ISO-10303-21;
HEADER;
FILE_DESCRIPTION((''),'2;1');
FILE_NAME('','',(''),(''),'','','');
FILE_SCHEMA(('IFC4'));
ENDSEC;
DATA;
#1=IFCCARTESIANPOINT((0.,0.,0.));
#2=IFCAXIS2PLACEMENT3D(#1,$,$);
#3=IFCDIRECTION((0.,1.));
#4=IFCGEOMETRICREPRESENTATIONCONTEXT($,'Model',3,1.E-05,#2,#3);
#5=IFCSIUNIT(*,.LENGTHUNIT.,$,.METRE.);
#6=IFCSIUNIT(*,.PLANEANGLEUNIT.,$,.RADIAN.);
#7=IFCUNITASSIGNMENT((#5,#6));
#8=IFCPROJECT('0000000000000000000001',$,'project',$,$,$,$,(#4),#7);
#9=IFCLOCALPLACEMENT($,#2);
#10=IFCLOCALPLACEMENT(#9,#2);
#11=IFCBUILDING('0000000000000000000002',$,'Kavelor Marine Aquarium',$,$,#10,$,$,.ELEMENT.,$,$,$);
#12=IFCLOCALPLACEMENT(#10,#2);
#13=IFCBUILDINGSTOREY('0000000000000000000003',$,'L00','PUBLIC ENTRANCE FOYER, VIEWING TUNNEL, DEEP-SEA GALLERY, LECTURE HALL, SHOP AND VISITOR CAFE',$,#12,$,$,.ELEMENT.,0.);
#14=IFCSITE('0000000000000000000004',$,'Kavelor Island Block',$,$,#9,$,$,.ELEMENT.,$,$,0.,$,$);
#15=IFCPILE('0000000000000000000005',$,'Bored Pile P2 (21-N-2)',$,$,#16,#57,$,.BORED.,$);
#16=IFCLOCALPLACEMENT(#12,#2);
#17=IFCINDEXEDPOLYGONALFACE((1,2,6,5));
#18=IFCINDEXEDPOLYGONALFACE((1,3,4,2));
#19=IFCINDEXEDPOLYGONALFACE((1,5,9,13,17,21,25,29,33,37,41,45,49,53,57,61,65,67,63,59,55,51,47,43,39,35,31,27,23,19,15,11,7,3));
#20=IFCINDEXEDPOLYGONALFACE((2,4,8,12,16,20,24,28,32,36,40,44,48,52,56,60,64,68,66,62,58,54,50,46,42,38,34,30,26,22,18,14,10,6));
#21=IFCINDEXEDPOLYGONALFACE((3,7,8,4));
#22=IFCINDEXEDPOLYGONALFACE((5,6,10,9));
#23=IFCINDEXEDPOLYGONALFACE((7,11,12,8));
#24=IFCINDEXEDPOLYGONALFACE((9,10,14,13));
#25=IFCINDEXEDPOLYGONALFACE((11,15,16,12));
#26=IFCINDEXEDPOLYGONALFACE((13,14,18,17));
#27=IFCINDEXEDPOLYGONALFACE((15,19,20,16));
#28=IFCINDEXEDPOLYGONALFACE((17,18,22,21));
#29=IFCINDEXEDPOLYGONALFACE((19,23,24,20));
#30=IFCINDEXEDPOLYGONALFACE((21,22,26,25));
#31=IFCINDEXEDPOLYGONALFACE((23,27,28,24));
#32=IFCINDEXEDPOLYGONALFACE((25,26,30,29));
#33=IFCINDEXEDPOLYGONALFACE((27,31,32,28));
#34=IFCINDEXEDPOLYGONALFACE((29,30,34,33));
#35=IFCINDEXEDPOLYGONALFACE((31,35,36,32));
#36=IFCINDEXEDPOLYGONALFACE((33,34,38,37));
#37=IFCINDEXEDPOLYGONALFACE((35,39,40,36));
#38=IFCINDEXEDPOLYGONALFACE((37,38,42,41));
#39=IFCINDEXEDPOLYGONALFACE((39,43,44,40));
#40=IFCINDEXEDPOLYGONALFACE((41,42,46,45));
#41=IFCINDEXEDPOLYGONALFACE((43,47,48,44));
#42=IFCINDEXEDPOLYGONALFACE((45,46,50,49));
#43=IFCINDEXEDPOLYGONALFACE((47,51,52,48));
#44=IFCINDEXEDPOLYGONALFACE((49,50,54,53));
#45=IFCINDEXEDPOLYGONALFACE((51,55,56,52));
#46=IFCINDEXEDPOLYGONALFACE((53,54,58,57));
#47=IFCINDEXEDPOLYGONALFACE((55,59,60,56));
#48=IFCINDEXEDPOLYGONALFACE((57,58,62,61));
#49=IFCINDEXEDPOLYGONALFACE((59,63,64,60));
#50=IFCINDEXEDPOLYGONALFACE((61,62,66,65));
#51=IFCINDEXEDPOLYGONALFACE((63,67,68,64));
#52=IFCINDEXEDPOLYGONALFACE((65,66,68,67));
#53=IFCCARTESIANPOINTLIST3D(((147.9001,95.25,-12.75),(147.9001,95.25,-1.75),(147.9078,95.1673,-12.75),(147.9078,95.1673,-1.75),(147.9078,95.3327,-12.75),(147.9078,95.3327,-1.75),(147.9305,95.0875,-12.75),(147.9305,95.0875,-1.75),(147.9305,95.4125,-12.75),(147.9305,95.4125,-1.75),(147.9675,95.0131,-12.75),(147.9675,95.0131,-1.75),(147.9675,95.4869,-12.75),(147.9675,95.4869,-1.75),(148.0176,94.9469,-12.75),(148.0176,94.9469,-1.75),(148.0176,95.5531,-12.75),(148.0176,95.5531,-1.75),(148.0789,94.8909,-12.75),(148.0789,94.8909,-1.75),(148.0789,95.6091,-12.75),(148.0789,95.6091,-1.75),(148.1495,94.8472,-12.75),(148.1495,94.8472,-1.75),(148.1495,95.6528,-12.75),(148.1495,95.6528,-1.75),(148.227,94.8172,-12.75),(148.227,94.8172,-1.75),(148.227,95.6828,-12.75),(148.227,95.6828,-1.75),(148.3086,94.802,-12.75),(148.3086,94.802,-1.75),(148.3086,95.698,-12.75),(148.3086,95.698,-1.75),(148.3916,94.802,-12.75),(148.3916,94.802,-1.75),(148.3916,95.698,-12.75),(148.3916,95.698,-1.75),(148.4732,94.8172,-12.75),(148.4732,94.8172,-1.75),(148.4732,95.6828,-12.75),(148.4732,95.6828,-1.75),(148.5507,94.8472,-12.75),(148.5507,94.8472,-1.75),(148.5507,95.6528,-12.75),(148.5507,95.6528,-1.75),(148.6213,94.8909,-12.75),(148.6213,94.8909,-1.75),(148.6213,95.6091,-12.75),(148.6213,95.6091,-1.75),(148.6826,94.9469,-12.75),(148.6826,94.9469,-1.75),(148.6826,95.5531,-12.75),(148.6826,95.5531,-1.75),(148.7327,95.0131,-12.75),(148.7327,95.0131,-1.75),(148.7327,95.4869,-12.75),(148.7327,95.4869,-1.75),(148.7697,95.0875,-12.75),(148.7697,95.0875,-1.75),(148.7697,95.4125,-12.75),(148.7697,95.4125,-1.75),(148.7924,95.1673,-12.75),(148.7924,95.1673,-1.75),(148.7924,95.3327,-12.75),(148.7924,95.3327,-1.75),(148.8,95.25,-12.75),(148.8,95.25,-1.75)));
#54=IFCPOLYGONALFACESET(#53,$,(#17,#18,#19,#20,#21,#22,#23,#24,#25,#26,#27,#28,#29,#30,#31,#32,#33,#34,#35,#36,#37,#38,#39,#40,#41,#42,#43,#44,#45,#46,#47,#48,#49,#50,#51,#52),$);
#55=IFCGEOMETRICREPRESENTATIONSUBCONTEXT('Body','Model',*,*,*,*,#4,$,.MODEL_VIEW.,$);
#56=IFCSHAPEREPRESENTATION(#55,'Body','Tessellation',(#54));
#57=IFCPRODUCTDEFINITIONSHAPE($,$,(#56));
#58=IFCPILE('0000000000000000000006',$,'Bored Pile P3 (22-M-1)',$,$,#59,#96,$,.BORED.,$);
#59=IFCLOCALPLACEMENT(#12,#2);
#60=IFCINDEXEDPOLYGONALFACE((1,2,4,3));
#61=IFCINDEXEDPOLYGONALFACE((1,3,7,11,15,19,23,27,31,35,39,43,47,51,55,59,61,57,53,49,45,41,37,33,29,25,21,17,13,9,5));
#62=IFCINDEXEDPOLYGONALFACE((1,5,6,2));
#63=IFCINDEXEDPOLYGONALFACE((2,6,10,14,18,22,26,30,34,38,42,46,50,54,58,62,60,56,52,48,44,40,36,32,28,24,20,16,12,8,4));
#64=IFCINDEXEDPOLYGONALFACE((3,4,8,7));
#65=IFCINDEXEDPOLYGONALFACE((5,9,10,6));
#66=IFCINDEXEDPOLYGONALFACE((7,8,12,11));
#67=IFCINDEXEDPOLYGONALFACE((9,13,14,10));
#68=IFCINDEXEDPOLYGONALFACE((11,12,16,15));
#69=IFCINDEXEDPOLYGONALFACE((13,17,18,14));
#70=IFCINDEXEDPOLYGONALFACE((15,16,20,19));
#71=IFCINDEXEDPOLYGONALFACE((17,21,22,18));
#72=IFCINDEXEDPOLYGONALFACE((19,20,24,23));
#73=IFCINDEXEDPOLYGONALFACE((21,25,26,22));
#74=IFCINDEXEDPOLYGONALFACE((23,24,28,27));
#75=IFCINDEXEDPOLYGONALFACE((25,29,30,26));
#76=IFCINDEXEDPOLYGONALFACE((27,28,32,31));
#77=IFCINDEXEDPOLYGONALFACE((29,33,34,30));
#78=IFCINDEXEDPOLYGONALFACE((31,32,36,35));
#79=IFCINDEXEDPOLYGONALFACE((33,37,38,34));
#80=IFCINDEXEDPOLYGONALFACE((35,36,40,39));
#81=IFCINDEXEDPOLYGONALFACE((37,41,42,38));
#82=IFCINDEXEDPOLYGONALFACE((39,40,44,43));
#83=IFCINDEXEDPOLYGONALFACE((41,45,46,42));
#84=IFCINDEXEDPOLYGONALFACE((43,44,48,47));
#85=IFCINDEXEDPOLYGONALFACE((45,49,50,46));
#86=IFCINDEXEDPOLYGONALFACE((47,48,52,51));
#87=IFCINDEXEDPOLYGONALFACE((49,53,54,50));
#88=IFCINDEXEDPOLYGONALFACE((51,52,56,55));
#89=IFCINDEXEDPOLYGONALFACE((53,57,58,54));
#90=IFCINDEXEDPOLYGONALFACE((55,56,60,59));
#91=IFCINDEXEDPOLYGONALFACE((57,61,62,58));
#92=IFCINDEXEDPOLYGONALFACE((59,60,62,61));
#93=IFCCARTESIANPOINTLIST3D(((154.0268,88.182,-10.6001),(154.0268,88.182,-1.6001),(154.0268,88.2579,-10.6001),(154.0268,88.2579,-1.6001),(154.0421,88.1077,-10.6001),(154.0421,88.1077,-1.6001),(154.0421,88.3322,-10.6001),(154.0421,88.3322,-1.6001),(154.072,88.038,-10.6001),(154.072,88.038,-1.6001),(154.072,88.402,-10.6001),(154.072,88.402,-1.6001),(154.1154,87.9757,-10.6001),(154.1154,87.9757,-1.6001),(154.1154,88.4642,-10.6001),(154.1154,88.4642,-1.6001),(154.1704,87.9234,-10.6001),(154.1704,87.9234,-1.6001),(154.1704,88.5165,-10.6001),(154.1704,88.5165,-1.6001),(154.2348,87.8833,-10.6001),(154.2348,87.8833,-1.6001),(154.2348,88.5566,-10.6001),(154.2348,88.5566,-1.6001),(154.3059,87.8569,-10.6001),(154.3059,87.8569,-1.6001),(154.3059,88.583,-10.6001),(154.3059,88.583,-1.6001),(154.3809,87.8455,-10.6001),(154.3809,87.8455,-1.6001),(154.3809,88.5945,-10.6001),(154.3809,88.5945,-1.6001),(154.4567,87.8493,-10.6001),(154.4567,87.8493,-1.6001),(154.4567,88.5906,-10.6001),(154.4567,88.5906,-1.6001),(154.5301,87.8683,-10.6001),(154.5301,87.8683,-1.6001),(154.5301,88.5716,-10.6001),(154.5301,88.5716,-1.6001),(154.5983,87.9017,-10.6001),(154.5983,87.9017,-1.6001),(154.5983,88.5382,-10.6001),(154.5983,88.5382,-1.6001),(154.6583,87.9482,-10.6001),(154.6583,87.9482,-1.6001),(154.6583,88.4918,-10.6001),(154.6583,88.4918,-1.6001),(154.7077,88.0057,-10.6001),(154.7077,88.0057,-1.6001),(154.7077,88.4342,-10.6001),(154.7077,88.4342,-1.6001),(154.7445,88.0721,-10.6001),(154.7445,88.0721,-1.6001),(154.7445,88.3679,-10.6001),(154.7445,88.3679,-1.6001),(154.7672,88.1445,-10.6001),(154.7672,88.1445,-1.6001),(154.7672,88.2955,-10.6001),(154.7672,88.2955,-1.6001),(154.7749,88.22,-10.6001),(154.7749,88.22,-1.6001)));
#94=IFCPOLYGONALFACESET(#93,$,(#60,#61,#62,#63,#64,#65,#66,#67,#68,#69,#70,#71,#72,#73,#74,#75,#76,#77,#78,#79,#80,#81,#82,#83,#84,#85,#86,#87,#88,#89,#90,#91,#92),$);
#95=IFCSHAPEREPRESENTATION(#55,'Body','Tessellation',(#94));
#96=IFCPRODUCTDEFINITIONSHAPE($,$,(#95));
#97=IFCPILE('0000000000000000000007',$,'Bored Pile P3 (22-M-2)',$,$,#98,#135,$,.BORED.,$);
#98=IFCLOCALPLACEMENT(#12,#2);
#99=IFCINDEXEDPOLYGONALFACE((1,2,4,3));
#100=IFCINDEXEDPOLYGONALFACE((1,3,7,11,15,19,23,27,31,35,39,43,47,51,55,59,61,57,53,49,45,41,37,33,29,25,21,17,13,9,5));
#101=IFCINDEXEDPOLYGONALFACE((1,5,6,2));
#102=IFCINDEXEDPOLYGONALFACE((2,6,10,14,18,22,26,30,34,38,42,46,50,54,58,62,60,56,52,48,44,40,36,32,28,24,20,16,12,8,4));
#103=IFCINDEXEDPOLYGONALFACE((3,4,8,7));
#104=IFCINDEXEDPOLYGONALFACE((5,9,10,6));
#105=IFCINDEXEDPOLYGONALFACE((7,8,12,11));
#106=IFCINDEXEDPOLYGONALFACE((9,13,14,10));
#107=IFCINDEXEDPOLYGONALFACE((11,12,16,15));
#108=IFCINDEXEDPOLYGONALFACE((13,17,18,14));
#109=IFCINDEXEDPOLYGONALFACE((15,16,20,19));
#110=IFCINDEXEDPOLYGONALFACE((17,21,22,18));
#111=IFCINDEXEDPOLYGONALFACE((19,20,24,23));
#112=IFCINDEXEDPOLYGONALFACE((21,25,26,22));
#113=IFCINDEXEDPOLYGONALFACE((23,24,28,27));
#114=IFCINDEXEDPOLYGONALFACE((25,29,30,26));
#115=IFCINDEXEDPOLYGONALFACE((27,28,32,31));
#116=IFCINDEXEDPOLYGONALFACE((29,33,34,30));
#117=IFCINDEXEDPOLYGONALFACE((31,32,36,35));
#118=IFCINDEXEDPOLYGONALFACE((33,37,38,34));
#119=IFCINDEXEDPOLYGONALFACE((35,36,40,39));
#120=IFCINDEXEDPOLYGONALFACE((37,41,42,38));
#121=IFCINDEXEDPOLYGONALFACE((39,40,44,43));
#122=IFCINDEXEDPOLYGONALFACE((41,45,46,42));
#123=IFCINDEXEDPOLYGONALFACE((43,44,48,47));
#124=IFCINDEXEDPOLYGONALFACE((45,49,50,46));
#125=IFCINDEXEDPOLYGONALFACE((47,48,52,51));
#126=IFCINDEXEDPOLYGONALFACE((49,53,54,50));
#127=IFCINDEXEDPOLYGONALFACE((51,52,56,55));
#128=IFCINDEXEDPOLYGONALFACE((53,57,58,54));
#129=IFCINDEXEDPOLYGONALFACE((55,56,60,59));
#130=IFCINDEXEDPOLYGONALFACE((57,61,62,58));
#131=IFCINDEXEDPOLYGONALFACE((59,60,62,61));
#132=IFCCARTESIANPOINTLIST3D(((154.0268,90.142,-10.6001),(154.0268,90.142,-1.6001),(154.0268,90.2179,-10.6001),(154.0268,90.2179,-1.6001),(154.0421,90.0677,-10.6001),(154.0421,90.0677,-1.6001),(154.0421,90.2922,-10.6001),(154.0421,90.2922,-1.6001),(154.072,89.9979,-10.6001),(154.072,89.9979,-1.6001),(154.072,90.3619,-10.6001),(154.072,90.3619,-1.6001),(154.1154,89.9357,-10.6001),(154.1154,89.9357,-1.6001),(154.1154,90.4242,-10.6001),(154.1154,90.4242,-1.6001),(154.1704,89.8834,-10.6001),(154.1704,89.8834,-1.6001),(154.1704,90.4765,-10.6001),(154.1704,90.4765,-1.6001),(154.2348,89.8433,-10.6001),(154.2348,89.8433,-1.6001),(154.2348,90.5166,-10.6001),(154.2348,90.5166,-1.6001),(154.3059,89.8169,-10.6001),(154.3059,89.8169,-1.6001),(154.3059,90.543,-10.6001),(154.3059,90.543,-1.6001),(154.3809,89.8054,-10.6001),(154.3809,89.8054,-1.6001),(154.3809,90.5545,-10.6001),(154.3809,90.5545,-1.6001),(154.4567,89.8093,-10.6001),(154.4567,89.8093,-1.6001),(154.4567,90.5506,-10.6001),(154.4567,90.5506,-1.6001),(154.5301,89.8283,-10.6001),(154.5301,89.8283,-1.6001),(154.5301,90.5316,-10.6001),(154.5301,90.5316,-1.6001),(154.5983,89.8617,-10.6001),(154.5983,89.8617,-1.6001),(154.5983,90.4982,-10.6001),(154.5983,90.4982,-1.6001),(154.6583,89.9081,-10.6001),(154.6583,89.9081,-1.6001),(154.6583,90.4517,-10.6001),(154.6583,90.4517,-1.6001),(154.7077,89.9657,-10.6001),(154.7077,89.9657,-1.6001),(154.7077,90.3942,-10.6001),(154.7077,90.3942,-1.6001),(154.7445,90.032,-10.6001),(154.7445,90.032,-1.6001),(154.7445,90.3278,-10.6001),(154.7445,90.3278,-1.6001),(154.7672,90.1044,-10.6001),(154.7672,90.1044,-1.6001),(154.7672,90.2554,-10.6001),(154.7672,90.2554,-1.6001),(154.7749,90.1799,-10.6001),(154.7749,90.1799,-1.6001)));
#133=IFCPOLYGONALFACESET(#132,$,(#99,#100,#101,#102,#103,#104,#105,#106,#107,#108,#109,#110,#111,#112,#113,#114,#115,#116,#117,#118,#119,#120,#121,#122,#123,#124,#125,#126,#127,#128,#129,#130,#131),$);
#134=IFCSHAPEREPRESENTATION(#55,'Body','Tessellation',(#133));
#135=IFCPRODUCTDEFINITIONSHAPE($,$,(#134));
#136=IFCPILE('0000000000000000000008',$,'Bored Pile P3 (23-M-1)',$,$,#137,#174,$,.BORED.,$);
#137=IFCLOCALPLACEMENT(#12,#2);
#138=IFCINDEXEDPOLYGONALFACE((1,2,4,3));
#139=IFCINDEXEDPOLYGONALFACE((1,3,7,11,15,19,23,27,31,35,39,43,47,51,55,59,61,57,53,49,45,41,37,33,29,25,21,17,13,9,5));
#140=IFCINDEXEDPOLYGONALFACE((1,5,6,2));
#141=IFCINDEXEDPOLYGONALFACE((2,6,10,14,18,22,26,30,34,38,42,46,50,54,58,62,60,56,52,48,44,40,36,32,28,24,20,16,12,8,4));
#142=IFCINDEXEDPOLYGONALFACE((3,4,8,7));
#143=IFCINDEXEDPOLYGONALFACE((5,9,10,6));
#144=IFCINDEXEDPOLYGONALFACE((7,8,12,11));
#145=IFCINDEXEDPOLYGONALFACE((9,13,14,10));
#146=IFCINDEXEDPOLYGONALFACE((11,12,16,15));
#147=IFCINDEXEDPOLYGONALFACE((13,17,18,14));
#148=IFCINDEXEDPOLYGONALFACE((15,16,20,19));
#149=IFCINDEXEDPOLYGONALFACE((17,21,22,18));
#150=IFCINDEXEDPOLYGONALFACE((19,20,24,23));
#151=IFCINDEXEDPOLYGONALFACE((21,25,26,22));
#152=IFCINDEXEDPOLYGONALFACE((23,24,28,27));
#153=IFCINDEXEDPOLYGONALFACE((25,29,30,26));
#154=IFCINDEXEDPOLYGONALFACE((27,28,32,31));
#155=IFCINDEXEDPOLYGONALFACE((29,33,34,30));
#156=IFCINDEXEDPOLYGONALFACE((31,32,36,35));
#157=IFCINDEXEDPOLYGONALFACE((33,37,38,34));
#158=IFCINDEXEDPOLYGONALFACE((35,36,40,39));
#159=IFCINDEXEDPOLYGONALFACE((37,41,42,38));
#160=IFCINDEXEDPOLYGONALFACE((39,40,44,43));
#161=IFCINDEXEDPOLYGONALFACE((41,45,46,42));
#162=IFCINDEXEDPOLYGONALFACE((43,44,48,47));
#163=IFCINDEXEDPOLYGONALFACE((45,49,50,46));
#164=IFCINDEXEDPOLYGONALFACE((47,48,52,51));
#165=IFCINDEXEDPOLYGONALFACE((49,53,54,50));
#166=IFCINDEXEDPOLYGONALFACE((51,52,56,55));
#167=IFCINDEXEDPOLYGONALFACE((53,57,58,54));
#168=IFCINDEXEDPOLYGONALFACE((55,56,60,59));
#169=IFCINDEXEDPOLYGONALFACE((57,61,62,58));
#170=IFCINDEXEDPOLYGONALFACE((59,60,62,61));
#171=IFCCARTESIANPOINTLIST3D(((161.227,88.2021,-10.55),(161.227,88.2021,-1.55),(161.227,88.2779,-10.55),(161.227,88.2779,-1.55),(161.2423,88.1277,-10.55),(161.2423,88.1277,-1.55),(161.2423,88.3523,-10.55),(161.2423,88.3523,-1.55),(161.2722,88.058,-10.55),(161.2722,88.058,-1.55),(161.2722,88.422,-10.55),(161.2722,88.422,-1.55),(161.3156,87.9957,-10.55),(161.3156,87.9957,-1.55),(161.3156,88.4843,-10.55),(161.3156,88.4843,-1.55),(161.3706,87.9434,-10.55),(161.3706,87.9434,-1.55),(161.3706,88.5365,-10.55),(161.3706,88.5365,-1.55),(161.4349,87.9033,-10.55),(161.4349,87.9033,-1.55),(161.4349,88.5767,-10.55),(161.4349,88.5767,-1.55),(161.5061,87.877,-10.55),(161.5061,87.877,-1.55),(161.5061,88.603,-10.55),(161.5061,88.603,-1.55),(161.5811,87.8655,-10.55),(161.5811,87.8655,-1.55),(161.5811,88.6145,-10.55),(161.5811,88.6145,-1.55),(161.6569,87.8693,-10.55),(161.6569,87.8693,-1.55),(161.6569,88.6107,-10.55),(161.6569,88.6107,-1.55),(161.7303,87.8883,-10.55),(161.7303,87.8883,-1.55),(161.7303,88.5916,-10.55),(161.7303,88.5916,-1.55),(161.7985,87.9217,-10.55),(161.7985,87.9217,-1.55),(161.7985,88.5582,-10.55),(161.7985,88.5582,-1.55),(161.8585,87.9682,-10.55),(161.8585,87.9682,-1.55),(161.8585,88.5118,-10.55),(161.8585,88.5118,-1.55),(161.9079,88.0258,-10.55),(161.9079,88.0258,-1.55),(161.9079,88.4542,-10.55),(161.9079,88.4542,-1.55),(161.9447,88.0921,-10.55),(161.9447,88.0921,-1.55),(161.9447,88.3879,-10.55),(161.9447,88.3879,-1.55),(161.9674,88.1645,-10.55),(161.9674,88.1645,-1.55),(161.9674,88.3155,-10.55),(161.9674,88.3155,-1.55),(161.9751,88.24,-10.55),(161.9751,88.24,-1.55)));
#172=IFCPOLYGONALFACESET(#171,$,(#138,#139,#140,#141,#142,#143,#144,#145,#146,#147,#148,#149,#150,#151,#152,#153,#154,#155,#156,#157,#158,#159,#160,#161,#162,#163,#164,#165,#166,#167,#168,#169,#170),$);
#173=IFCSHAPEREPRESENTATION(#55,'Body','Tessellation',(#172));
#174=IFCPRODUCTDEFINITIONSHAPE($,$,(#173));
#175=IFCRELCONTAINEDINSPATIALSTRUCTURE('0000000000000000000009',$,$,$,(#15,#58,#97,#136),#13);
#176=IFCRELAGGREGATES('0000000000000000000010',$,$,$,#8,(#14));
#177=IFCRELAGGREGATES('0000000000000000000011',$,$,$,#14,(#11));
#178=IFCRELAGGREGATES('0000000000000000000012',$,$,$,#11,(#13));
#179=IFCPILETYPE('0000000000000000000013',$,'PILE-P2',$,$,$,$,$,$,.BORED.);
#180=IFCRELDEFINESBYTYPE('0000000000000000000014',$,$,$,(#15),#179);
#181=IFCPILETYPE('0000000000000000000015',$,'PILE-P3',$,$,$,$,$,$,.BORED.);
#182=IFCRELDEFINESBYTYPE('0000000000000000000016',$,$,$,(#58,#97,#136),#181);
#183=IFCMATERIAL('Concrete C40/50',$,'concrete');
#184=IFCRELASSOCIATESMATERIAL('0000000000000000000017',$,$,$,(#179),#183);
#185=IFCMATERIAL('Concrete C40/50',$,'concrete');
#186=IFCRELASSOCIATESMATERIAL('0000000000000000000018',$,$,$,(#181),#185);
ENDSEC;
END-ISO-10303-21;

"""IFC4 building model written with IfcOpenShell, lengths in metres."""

from ifc_helpers import new_model, si_unit, direction, frame, origin, origin_2d, place, context, subcontext, project, spatial, circle, extrude, material, material_profile, profile_set, type_object, element, save


model = new_model("IFC4")

# Units and contexts
model_context = context("Model", 3, precision=1e-05, world=origin(), true_north=direction((0.0, 1.0)))
body_context = subcontext(model_context, "Body", "Model", "MODEL_VIEW")
ifc_project = project(units=[si_unit("LENGTHUNIT", "METRE"), si_unit("PLANEANGLEUNIT", "RADIAN")], contexts=[model_context])

# Site, building, storey
site_placement = place(None, origin())
site = spatial("IfcSite", under=ifc_project, at=site_placement, Name="Kavelor Island Block", CompositionType="ELEMENT", RefElevation=0.0)
building_placement = place(site_placement, origin())
building = spatial("IfcBuilding", under=site, at=building_placement, Name="Kavelor Marine Aquarium", CompositionType="ELEMENT")
storey_placement = place(building_placement, origin())
storey = spatial("IfcBuildingStorey", under=building, at=storey_placement, Name="L00", Description="PUBLIC ENTRANCE FOYER, VIEWING TUNNEL, DEEP-SEA GALLERY, LECTURE HALL, SHOP AND VISITOR CAFE", CompositionType="ELEMENT", Elevation=0.0)

# Piles
ifc_material_1 = material(Name="Concrete C40/50", Category="concrete")
ifc_material_profile_1 = material_profile(ifc_material_1, circle(Radius=0.45, at=origin_2d()), Name="PILE D900")
ifc_profile_set_1 = profile_set([ifc_material_profile_1], Name="Concrete C40/50")
pile_type_1 = type_object("IfcPileType", Name="PILE-P2", PredefinedType="BORED", material=ifc_profile_set_1)
for number, where, z_axis, x_axis, name in (
    (1, (148.3501, 95.25, -1.75), (0.0, 0.0, -1.0), (1.0, 0.0, 0.0), "Bored Pile P2 (21-N-2)"),
):
    element("IfcPile", number, at=place(storey_placement, frame(where, z_axis=z_axis, x_axis=x_axis)), inside=storey, type_object=pile_type_1, Name=name, PredefinedType="BORED", context=body_context, shape_type="SweptSolid", body=[
        extrude(circle(Radius=0.45, at=origin_2d()), origin(), (0.0, 0.0, 1.0), 11.0),
    ])
ifc_material_2 = material(Name="Concrete C40/50", Category="concrete")
ifc_material_profile_2 = material_profile(ifc_material_2, circle(Radius=0.375, at=origin_2d()), Name="PILE D750")
ifc_profile_set_2 = profile_set([ifc_material_profile_2], Name="Concrete C40/50")
pile_type_2 = type_object("IfcPileType", Name="PILE-P3", PredefinedType="BORED", material=ifc_profile_set_2)
for number, where, z_axis, x_axis, name in (
    (2, (154.3999, 88.22, -1.6001), (0.0, 0.0, -1.0), (1.0, 0.0, 0.0), "Bored Pile P3 (22-M-1)"),
    (3, (154.3999, 90.1799, -1.6001), (0.0, 0.0, -1.0), (1.0, 0.0, 0.0), "Bored Pile P3 (22-M-2)"),
    (4, (161.6001, 88.24, -1.55), (0.0, 0.0, -1.0), (1.0, 0.0, 0.0), "Bored Pile P3 (23-M-1)"),
):
    element("IfcPile", number, at=place(storey_placement, frame(where, z_axis=z_axis, x_axis=x_axis)), inside=storey, type_object=pile_type_2, Name=name, PredefinedType="BORED", context=body_context, shape_type="SweptSolid", body=[
        extrude(circle(Radius=0.375, at=origin_2d()), origin(), (0.0, 0.0, 1.0), 9.0),
    ])

save(model, "model.ifc")
